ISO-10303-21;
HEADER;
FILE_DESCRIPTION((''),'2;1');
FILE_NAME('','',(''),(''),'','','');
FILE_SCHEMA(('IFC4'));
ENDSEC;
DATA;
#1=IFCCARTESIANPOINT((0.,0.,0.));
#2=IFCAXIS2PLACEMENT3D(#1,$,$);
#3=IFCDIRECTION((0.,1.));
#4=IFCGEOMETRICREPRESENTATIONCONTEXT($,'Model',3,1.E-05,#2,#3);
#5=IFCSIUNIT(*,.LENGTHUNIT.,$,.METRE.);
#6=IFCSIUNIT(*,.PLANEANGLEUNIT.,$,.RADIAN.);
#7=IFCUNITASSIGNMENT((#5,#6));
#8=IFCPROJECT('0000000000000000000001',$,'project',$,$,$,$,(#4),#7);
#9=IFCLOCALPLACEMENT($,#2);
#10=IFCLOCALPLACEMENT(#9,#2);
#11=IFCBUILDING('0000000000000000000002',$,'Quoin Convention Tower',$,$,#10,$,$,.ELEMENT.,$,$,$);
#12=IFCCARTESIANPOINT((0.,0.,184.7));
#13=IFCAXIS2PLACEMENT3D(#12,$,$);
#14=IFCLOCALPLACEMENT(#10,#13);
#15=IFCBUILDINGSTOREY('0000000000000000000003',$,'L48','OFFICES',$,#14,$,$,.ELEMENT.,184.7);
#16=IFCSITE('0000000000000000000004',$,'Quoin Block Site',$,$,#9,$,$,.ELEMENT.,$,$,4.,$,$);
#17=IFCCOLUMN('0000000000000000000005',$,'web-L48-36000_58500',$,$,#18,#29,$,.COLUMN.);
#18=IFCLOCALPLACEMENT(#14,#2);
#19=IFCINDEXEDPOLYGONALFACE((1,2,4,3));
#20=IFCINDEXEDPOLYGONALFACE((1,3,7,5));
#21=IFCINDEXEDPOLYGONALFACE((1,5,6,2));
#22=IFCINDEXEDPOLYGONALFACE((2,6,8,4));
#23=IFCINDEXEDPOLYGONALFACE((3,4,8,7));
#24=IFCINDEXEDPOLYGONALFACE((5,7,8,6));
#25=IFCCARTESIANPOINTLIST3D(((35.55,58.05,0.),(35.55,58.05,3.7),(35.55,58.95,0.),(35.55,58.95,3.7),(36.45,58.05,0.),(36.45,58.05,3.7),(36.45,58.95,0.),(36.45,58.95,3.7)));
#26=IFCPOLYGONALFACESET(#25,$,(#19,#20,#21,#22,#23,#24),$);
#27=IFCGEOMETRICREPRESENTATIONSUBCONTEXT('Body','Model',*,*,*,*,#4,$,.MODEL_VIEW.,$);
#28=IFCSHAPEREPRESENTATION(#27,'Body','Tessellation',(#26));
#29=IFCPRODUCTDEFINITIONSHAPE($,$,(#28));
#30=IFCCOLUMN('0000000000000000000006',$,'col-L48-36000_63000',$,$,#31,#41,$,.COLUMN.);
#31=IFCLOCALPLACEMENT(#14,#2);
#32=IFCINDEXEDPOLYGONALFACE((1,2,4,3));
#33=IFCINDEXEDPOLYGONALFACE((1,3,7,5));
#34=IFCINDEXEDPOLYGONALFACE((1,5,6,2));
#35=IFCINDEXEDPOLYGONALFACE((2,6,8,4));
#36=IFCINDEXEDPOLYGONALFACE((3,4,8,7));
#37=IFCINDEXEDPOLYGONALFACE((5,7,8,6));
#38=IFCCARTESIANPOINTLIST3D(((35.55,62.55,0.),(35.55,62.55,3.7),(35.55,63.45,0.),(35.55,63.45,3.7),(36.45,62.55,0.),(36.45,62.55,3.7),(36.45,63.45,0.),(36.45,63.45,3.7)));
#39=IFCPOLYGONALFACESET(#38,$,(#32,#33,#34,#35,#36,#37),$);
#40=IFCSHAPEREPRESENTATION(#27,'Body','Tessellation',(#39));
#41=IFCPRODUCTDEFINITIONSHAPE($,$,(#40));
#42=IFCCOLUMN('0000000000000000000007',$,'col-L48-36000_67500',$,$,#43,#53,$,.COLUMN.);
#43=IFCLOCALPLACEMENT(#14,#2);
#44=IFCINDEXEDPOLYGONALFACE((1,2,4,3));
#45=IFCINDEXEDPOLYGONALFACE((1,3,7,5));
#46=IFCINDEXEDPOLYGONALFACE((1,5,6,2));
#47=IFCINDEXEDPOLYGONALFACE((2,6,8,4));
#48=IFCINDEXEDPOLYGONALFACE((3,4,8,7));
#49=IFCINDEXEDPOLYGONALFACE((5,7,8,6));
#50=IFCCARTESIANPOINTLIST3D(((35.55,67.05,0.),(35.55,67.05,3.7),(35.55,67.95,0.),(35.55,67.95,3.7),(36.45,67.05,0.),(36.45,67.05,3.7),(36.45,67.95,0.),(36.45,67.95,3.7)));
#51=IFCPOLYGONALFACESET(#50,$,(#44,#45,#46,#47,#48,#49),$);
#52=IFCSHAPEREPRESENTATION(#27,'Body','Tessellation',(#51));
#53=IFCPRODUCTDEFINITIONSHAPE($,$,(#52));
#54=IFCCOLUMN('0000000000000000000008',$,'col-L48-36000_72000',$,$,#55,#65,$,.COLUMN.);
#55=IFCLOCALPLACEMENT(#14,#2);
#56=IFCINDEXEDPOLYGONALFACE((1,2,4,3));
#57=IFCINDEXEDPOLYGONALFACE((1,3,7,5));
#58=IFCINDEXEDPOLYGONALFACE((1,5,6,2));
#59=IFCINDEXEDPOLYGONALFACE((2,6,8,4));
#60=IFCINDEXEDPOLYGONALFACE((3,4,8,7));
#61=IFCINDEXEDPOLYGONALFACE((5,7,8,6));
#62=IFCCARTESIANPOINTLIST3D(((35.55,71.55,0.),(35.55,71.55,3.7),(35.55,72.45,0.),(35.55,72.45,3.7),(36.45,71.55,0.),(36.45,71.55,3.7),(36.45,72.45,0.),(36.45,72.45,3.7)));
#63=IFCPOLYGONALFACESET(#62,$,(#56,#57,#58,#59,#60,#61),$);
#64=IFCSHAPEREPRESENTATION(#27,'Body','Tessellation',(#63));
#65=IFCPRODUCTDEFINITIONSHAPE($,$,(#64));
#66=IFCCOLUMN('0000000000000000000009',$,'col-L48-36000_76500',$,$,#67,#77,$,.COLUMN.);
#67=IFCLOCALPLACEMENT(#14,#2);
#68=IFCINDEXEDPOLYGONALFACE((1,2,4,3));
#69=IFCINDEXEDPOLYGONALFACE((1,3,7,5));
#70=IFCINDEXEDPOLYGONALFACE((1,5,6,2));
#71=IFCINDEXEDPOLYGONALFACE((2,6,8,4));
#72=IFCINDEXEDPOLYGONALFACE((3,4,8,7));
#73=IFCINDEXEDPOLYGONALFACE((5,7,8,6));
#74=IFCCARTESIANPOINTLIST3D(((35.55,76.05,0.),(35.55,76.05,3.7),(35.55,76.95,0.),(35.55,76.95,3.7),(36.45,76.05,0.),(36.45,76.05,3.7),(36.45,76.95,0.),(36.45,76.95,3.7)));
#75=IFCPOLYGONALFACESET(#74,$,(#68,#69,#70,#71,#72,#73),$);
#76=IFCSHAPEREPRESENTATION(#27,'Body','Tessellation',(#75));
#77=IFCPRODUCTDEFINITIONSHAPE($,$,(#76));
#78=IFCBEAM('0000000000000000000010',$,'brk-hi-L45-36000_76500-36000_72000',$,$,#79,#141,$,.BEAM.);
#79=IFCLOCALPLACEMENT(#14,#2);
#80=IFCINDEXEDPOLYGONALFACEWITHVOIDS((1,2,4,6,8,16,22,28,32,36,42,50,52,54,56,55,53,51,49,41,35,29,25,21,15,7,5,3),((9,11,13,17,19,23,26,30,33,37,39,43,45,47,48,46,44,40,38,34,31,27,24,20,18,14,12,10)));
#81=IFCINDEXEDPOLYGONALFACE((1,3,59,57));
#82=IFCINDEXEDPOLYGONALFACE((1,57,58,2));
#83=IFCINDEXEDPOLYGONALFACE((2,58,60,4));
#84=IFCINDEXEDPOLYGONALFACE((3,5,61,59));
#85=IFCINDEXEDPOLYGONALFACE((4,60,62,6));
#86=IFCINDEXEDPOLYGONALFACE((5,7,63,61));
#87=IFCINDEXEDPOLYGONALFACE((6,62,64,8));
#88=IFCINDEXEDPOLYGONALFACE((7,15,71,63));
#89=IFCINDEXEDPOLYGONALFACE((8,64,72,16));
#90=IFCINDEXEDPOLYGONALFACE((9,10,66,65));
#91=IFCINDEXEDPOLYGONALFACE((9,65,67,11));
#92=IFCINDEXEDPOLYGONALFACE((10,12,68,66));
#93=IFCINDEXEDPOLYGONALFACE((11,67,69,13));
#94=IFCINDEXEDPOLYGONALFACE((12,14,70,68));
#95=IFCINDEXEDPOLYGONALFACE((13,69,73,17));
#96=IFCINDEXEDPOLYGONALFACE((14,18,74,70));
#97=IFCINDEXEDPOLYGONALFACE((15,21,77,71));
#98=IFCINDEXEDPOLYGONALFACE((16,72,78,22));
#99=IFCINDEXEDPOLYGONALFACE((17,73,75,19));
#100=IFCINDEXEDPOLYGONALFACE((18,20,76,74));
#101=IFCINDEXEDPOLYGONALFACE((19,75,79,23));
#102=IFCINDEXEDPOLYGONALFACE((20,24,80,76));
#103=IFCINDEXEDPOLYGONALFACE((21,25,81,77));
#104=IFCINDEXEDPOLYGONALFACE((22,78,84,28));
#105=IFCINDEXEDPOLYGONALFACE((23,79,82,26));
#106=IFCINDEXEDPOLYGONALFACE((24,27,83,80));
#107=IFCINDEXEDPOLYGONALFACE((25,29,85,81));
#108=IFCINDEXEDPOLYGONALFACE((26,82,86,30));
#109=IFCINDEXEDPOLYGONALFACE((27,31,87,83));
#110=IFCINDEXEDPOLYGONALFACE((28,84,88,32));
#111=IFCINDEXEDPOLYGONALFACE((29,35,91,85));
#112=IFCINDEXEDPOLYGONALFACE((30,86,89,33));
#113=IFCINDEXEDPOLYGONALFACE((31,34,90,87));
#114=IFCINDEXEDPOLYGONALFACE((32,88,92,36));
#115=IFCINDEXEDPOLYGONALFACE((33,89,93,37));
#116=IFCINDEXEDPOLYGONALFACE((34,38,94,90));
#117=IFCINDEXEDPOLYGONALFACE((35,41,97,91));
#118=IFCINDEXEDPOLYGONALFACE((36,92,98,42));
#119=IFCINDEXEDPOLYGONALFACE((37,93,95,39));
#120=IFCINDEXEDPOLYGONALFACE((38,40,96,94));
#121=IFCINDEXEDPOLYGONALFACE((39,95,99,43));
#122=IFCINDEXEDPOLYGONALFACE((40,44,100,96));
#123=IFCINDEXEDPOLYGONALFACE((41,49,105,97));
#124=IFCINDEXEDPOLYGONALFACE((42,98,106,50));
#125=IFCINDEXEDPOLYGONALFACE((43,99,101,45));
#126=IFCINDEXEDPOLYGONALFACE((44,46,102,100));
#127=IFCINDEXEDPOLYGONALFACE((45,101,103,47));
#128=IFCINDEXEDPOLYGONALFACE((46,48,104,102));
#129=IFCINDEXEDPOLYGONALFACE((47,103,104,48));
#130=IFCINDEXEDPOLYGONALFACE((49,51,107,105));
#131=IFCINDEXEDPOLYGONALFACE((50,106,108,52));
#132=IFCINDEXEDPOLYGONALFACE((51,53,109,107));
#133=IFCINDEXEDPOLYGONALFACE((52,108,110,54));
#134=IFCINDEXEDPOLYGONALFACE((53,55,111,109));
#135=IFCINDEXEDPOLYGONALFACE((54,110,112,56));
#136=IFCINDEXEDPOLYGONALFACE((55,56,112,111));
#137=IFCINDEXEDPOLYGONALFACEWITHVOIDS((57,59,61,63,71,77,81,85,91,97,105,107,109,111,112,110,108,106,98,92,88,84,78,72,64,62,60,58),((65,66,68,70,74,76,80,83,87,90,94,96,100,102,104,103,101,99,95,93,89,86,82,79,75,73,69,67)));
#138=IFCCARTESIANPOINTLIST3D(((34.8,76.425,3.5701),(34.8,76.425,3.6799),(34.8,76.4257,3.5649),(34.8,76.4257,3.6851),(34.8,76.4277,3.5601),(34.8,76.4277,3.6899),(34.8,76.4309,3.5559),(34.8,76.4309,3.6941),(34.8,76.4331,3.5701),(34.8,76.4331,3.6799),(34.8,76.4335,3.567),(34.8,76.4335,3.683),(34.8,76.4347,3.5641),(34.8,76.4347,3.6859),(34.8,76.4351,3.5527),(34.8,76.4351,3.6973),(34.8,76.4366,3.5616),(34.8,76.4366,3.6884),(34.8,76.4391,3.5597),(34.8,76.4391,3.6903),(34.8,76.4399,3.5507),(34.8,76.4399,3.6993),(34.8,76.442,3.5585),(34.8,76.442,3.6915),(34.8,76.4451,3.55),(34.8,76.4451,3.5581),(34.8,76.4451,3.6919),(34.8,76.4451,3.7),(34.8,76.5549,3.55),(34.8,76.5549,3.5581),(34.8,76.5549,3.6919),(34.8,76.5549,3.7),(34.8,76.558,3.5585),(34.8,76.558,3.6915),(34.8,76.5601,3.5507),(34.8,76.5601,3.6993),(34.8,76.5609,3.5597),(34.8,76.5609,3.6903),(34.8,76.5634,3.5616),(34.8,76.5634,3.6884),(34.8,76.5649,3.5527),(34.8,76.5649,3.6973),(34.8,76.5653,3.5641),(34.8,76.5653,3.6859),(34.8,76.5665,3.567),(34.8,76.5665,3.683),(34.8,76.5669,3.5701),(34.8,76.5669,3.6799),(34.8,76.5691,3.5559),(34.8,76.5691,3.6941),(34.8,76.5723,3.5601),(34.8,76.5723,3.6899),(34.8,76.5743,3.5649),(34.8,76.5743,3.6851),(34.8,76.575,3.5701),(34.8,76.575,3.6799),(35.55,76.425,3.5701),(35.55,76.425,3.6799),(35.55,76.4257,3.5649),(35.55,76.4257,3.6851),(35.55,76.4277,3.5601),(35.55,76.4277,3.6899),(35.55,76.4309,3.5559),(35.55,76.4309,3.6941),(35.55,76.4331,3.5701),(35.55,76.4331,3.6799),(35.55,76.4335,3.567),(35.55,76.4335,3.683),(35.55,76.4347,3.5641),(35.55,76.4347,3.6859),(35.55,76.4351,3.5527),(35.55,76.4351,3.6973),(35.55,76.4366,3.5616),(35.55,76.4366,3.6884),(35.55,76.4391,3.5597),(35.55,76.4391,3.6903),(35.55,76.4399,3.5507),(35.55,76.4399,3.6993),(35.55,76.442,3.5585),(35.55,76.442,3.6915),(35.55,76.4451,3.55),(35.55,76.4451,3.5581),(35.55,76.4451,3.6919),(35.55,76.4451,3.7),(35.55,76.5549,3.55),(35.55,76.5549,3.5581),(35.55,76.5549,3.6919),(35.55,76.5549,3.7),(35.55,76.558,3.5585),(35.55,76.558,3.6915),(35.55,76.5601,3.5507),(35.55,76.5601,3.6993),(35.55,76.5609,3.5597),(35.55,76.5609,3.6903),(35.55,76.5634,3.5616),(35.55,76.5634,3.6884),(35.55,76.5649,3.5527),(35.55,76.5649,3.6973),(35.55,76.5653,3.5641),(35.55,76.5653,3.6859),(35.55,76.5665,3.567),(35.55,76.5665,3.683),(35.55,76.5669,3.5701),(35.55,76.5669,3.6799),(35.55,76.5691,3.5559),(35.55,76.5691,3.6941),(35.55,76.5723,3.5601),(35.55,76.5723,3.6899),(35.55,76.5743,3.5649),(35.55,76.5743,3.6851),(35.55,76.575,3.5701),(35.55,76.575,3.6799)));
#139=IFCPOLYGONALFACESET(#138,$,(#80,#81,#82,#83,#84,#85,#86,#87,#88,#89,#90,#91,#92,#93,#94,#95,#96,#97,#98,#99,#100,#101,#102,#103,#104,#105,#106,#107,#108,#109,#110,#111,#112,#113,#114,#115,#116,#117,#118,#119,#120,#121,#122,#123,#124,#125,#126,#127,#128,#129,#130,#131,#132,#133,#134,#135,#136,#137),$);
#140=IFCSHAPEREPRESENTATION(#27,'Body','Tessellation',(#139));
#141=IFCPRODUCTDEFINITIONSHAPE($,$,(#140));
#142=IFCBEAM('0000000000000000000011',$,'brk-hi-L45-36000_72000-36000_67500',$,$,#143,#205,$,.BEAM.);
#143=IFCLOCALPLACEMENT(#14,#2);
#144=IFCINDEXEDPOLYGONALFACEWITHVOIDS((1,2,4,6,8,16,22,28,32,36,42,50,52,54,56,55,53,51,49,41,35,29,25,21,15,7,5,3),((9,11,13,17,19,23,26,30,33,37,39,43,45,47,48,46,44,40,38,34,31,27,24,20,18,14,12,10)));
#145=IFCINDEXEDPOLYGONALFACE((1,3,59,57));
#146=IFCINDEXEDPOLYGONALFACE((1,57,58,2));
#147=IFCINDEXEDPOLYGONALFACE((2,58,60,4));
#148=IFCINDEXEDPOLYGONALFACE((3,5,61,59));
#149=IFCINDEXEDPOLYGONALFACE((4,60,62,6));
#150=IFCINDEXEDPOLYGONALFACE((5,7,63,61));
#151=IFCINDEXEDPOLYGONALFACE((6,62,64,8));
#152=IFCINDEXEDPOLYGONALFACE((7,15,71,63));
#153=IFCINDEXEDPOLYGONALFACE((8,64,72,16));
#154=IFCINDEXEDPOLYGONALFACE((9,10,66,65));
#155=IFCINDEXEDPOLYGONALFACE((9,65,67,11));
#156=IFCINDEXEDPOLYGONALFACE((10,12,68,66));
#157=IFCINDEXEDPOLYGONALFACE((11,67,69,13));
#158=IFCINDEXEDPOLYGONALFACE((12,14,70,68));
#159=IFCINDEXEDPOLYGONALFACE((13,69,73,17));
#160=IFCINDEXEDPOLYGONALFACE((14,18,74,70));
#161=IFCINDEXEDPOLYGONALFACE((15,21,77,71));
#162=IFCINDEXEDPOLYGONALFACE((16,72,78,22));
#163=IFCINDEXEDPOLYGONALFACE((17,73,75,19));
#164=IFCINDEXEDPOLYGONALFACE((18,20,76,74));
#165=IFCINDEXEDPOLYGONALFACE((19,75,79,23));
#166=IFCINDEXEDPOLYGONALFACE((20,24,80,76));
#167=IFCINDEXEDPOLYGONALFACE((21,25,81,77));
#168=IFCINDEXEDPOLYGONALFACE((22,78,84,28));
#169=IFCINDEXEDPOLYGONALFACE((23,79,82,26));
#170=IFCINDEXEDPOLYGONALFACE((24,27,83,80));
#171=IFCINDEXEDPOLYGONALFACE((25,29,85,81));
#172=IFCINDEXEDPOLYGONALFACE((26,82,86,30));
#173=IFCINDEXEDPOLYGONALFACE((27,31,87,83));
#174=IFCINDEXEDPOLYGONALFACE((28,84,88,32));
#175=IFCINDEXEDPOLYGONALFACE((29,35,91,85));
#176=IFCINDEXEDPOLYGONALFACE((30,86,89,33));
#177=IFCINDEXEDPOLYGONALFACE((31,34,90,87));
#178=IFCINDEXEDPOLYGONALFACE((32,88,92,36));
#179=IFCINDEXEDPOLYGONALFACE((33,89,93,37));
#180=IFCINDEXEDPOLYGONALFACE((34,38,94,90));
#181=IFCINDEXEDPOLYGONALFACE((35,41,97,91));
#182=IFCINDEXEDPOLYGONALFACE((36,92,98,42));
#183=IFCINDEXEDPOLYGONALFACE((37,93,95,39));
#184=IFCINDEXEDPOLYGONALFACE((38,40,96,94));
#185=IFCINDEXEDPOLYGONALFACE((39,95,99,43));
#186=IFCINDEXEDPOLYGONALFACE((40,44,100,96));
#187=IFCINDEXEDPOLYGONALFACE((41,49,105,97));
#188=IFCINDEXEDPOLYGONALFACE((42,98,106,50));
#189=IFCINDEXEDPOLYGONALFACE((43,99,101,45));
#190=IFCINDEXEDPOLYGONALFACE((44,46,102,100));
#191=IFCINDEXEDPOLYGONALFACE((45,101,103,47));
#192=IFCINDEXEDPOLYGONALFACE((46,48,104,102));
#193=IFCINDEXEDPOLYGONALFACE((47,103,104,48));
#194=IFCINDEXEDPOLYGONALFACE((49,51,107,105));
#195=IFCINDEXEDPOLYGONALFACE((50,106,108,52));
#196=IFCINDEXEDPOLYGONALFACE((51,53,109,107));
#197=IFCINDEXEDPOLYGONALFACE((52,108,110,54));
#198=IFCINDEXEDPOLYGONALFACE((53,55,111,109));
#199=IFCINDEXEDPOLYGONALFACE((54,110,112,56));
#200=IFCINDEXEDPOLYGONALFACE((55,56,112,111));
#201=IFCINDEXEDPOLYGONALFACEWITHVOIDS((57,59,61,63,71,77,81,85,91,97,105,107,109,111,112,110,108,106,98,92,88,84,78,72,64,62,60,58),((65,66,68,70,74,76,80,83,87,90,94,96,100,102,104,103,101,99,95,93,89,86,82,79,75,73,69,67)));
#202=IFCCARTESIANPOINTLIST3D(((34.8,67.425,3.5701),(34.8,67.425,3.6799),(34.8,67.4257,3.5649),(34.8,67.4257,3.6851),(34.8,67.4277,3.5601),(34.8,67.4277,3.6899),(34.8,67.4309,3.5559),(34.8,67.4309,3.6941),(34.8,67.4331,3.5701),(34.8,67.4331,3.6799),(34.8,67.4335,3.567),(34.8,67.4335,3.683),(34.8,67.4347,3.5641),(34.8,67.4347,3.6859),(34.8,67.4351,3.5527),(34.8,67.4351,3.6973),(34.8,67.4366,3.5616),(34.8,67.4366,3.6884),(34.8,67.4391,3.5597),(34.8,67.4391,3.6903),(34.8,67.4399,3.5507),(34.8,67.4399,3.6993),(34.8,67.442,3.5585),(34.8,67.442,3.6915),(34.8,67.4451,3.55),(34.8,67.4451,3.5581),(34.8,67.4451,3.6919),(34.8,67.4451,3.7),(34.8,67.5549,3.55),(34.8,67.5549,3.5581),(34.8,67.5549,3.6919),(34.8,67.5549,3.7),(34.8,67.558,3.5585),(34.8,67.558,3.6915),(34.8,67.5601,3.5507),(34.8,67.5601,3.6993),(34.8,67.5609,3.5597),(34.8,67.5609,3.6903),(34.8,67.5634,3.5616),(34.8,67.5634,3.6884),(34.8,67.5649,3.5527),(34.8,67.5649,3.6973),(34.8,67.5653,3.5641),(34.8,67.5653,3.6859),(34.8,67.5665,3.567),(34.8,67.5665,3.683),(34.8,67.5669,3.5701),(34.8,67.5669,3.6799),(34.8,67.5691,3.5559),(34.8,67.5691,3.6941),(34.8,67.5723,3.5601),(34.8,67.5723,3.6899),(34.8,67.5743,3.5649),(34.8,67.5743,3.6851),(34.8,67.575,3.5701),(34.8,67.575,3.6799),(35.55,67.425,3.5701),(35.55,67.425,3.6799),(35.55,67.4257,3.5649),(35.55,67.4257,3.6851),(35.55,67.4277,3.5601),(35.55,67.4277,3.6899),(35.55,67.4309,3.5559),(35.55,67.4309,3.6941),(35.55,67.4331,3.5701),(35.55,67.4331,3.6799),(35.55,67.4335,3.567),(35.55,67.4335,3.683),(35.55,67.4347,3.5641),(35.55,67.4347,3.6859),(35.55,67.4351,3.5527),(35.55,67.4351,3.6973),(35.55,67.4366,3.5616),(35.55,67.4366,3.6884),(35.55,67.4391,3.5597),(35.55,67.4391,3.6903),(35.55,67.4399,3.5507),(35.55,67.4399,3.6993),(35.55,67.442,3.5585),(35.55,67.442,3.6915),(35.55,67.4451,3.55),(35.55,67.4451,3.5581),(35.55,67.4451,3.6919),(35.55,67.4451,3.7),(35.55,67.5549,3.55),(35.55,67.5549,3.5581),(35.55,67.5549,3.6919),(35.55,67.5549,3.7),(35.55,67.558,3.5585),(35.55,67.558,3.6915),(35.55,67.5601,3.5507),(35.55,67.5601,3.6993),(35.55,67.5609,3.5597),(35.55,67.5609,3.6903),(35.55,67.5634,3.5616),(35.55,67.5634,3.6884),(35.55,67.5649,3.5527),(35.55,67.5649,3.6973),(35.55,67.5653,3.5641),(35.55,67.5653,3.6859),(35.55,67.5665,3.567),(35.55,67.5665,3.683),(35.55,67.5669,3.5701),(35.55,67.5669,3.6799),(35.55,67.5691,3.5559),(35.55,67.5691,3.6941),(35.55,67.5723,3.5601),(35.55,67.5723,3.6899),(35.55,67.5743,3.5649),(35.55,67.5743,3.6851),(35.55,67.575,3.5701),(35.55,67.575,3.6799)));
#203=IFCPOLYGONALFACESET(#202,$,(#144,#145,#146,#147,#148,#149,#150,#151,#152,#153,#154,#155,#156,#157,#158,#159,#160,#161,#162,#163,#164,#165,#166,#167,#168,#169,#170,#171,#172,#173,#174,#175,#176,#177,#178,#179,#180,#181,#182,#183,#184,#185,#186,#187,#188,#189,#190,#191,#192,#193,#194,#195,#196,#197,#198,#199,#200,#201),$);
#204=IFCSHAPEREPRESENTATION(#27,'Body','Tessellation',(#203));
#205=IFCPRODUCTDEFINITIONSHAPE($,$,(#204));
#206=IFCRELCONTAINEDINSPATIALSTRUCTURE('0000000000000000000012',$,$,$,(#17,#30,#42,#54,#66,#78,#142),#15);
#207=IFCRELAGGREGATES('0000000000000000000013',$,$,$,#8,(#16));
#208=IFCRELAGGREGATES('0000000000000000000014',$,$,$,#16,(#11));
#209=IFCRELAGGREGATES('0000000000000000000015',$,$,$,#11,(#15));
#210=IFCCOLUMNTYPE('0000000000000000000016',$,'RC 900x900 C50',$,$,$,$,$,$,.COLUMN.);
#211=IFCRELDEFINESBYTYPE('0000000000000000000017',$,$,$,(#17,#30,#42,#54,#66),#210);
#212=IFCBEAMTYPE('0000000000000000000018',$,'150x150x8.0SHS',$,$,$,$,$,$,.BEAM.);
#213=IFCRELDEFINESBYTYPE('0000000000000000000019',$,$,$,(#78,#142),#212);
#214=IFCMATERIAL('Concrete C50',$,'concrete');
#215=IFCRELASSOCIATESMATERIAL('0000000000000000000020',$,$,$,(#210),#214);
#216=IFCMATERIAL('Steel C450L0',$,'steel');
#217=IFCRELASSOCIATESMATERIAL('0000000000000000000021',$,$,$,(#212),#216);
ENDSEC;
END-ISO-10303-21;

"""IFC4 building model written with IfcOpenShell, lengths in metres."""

from ifc_helpers import new_model, si_unit, direction, frame, origin, origin_2d, place, context, subcontext, project, spatial, rectangle, hollow_rectangle, extrude, material, material_profile, profile_set, type_object, element, save


model = new_model("IFC4")

# Units and contexts
model_context = context("Model", 3, precision=1e-05, world=origin(), true_north=direction((0.0, 1.0)))
body_context = subcontext(model_context, "Body", "Model", "MODEL_VIEW")
ifc_project = project(units=[si_unit("LENGTHUNIT", "METRE"), si_unit("PLANEANGLEUNIT", "RADIAN")], contexts=[model_context])

# Site, building, storey
site_placement = place(None, origin())
site = spatial("IfcSite", under=ifc_project, at=site_placement, Name="Quoin Block Site", CompositionType="ELEMENT", RefElevation=4.0)
building_placement = place(site_placement, origin())
building = spatial("IfcBuilding", under=site, at=building_placement, Name="Quoin Convention Tower", CompositionType="ELEMENT")
storey_placement = place(building_placement, frame((0.0, 0.0, 184.7)))
storey = spatial("IfcBuildingStorey", under=building, at=storey_placement, Name="L48", Description="OFFICES", CompositionType="ELEMENT", Elevation=184.7)

# Columns
ifc_material_1 = material(Name="Concrete C50", Category="concrete")
ifc_material_profile_1 = material_profile(ifc_material_1, rectangle(XDim=0.8999, YDim=0.8999, at=origin_2d()), Name="RC 900x900")
ifc_profile_set_1 = profile_set([ifc_material_profile_1], Name="Concrete C50")
column_type = type_object("IfcColumnType", Name="RC 900x900 C50", PredefinedType="COLUMN", material=ifc_profile_set_1)
for number, where, z_axis, x_axis, name in (
    (1, (36.0, 58.5, 0.0), (0.0, 0.0, 1.0), (1.0, 0.0, 0.0), "web-L48-36000_58500"),
    (2, (36.0, 63.0, 0.0), (0.0, 0.0, 1.0), (1.0, 0.0, 0.0), "col-L48-36000_63000"),
    (3, (36.0, 67.5, 0.0), (0.0, 0.0, 1.0), (1.0, 0.0, 0.0), "col-L48-36000_67500"),
    (4, (36.0, 72.0, 0.0), (0.0, 0.0, 1.0), (1.0, 0.0, 0.0), "col-L48-36000_72000"),
    (5, (36.0, 76.5, 0.0), (0.0, 0.0, 1.0), (1.0, 0.0, 0.0), "col-L48-36000_76500"),
):
    element("IfcColumn", number, at=place(storey_placement, frame(where, z_axis=z_axis, x_axis=x_axis)), inside=storey, type_object=column_type, Name=name, PredefinedType="COLUMN", context=body_context, shape_type="SweptSolid", body=[
        extrude(rectangle(XDim=0.8999, YDim=0.8999, at=origin_2d()), origin(), (0.0, 0.0, 1.0), 3.7),
    ])

# Beams
ifc_material_2 = material(Name="Steel C450L0", Category="steel")
ifc_material_profile_2 = material_profile(ifc_material_2, hollow_rectangle(XDim=0.1499, YDim=0.1499, WallThickness=0.0081, InnerFilletRadius=0.012, OuterFilletRadius=0.02, at=origin_2d()), Name="150x150x8.0SHS")
ifc_profile_set_2 = profile_set([ifc_material_profile_2], Name="Steel C450L0")
beam_type_1 = type_object("IfcBeamType", Name="150x150x8.0SHS", PredefinedType="BEAM", material=ifc_profile_set_2)
for number, where, z_axis, x_axis, name in (
    (6, (35.55, 76.5, 3.625), (-1.0, 0.0, 0.0), (0.0, -1.0, 0.0), "brk-hi-L45-36000_76500-36000_72000"),
    (7, (35.55, 67.5, 3.625), (-1.0, 0.0, 0.0), (0.0, -1.0, 0.0), "brk-hi-L45-36000_72000-36000_67500"),
):
    element("IfcBeam", number, at=place(storey_placement, frame(where, z_axis=z_axis, x_axis=x_axis)), inside=storey, type_object=beam_type_1, Name=name, PredefinedType="BEAM", context=body_context, shape_type="SweptSolid", body=[
        extrude(hollow_rectangle(XDim=0.1499, YDim=0.1499, WallThickness=0.0081, InnerFilletRadius=0.012, OuterFilletRadius=0.02, at=origin_2d()), origin(), (0.0, 0.0, 1.0), 0.75),
    ])

save(model, "model.ifc")
